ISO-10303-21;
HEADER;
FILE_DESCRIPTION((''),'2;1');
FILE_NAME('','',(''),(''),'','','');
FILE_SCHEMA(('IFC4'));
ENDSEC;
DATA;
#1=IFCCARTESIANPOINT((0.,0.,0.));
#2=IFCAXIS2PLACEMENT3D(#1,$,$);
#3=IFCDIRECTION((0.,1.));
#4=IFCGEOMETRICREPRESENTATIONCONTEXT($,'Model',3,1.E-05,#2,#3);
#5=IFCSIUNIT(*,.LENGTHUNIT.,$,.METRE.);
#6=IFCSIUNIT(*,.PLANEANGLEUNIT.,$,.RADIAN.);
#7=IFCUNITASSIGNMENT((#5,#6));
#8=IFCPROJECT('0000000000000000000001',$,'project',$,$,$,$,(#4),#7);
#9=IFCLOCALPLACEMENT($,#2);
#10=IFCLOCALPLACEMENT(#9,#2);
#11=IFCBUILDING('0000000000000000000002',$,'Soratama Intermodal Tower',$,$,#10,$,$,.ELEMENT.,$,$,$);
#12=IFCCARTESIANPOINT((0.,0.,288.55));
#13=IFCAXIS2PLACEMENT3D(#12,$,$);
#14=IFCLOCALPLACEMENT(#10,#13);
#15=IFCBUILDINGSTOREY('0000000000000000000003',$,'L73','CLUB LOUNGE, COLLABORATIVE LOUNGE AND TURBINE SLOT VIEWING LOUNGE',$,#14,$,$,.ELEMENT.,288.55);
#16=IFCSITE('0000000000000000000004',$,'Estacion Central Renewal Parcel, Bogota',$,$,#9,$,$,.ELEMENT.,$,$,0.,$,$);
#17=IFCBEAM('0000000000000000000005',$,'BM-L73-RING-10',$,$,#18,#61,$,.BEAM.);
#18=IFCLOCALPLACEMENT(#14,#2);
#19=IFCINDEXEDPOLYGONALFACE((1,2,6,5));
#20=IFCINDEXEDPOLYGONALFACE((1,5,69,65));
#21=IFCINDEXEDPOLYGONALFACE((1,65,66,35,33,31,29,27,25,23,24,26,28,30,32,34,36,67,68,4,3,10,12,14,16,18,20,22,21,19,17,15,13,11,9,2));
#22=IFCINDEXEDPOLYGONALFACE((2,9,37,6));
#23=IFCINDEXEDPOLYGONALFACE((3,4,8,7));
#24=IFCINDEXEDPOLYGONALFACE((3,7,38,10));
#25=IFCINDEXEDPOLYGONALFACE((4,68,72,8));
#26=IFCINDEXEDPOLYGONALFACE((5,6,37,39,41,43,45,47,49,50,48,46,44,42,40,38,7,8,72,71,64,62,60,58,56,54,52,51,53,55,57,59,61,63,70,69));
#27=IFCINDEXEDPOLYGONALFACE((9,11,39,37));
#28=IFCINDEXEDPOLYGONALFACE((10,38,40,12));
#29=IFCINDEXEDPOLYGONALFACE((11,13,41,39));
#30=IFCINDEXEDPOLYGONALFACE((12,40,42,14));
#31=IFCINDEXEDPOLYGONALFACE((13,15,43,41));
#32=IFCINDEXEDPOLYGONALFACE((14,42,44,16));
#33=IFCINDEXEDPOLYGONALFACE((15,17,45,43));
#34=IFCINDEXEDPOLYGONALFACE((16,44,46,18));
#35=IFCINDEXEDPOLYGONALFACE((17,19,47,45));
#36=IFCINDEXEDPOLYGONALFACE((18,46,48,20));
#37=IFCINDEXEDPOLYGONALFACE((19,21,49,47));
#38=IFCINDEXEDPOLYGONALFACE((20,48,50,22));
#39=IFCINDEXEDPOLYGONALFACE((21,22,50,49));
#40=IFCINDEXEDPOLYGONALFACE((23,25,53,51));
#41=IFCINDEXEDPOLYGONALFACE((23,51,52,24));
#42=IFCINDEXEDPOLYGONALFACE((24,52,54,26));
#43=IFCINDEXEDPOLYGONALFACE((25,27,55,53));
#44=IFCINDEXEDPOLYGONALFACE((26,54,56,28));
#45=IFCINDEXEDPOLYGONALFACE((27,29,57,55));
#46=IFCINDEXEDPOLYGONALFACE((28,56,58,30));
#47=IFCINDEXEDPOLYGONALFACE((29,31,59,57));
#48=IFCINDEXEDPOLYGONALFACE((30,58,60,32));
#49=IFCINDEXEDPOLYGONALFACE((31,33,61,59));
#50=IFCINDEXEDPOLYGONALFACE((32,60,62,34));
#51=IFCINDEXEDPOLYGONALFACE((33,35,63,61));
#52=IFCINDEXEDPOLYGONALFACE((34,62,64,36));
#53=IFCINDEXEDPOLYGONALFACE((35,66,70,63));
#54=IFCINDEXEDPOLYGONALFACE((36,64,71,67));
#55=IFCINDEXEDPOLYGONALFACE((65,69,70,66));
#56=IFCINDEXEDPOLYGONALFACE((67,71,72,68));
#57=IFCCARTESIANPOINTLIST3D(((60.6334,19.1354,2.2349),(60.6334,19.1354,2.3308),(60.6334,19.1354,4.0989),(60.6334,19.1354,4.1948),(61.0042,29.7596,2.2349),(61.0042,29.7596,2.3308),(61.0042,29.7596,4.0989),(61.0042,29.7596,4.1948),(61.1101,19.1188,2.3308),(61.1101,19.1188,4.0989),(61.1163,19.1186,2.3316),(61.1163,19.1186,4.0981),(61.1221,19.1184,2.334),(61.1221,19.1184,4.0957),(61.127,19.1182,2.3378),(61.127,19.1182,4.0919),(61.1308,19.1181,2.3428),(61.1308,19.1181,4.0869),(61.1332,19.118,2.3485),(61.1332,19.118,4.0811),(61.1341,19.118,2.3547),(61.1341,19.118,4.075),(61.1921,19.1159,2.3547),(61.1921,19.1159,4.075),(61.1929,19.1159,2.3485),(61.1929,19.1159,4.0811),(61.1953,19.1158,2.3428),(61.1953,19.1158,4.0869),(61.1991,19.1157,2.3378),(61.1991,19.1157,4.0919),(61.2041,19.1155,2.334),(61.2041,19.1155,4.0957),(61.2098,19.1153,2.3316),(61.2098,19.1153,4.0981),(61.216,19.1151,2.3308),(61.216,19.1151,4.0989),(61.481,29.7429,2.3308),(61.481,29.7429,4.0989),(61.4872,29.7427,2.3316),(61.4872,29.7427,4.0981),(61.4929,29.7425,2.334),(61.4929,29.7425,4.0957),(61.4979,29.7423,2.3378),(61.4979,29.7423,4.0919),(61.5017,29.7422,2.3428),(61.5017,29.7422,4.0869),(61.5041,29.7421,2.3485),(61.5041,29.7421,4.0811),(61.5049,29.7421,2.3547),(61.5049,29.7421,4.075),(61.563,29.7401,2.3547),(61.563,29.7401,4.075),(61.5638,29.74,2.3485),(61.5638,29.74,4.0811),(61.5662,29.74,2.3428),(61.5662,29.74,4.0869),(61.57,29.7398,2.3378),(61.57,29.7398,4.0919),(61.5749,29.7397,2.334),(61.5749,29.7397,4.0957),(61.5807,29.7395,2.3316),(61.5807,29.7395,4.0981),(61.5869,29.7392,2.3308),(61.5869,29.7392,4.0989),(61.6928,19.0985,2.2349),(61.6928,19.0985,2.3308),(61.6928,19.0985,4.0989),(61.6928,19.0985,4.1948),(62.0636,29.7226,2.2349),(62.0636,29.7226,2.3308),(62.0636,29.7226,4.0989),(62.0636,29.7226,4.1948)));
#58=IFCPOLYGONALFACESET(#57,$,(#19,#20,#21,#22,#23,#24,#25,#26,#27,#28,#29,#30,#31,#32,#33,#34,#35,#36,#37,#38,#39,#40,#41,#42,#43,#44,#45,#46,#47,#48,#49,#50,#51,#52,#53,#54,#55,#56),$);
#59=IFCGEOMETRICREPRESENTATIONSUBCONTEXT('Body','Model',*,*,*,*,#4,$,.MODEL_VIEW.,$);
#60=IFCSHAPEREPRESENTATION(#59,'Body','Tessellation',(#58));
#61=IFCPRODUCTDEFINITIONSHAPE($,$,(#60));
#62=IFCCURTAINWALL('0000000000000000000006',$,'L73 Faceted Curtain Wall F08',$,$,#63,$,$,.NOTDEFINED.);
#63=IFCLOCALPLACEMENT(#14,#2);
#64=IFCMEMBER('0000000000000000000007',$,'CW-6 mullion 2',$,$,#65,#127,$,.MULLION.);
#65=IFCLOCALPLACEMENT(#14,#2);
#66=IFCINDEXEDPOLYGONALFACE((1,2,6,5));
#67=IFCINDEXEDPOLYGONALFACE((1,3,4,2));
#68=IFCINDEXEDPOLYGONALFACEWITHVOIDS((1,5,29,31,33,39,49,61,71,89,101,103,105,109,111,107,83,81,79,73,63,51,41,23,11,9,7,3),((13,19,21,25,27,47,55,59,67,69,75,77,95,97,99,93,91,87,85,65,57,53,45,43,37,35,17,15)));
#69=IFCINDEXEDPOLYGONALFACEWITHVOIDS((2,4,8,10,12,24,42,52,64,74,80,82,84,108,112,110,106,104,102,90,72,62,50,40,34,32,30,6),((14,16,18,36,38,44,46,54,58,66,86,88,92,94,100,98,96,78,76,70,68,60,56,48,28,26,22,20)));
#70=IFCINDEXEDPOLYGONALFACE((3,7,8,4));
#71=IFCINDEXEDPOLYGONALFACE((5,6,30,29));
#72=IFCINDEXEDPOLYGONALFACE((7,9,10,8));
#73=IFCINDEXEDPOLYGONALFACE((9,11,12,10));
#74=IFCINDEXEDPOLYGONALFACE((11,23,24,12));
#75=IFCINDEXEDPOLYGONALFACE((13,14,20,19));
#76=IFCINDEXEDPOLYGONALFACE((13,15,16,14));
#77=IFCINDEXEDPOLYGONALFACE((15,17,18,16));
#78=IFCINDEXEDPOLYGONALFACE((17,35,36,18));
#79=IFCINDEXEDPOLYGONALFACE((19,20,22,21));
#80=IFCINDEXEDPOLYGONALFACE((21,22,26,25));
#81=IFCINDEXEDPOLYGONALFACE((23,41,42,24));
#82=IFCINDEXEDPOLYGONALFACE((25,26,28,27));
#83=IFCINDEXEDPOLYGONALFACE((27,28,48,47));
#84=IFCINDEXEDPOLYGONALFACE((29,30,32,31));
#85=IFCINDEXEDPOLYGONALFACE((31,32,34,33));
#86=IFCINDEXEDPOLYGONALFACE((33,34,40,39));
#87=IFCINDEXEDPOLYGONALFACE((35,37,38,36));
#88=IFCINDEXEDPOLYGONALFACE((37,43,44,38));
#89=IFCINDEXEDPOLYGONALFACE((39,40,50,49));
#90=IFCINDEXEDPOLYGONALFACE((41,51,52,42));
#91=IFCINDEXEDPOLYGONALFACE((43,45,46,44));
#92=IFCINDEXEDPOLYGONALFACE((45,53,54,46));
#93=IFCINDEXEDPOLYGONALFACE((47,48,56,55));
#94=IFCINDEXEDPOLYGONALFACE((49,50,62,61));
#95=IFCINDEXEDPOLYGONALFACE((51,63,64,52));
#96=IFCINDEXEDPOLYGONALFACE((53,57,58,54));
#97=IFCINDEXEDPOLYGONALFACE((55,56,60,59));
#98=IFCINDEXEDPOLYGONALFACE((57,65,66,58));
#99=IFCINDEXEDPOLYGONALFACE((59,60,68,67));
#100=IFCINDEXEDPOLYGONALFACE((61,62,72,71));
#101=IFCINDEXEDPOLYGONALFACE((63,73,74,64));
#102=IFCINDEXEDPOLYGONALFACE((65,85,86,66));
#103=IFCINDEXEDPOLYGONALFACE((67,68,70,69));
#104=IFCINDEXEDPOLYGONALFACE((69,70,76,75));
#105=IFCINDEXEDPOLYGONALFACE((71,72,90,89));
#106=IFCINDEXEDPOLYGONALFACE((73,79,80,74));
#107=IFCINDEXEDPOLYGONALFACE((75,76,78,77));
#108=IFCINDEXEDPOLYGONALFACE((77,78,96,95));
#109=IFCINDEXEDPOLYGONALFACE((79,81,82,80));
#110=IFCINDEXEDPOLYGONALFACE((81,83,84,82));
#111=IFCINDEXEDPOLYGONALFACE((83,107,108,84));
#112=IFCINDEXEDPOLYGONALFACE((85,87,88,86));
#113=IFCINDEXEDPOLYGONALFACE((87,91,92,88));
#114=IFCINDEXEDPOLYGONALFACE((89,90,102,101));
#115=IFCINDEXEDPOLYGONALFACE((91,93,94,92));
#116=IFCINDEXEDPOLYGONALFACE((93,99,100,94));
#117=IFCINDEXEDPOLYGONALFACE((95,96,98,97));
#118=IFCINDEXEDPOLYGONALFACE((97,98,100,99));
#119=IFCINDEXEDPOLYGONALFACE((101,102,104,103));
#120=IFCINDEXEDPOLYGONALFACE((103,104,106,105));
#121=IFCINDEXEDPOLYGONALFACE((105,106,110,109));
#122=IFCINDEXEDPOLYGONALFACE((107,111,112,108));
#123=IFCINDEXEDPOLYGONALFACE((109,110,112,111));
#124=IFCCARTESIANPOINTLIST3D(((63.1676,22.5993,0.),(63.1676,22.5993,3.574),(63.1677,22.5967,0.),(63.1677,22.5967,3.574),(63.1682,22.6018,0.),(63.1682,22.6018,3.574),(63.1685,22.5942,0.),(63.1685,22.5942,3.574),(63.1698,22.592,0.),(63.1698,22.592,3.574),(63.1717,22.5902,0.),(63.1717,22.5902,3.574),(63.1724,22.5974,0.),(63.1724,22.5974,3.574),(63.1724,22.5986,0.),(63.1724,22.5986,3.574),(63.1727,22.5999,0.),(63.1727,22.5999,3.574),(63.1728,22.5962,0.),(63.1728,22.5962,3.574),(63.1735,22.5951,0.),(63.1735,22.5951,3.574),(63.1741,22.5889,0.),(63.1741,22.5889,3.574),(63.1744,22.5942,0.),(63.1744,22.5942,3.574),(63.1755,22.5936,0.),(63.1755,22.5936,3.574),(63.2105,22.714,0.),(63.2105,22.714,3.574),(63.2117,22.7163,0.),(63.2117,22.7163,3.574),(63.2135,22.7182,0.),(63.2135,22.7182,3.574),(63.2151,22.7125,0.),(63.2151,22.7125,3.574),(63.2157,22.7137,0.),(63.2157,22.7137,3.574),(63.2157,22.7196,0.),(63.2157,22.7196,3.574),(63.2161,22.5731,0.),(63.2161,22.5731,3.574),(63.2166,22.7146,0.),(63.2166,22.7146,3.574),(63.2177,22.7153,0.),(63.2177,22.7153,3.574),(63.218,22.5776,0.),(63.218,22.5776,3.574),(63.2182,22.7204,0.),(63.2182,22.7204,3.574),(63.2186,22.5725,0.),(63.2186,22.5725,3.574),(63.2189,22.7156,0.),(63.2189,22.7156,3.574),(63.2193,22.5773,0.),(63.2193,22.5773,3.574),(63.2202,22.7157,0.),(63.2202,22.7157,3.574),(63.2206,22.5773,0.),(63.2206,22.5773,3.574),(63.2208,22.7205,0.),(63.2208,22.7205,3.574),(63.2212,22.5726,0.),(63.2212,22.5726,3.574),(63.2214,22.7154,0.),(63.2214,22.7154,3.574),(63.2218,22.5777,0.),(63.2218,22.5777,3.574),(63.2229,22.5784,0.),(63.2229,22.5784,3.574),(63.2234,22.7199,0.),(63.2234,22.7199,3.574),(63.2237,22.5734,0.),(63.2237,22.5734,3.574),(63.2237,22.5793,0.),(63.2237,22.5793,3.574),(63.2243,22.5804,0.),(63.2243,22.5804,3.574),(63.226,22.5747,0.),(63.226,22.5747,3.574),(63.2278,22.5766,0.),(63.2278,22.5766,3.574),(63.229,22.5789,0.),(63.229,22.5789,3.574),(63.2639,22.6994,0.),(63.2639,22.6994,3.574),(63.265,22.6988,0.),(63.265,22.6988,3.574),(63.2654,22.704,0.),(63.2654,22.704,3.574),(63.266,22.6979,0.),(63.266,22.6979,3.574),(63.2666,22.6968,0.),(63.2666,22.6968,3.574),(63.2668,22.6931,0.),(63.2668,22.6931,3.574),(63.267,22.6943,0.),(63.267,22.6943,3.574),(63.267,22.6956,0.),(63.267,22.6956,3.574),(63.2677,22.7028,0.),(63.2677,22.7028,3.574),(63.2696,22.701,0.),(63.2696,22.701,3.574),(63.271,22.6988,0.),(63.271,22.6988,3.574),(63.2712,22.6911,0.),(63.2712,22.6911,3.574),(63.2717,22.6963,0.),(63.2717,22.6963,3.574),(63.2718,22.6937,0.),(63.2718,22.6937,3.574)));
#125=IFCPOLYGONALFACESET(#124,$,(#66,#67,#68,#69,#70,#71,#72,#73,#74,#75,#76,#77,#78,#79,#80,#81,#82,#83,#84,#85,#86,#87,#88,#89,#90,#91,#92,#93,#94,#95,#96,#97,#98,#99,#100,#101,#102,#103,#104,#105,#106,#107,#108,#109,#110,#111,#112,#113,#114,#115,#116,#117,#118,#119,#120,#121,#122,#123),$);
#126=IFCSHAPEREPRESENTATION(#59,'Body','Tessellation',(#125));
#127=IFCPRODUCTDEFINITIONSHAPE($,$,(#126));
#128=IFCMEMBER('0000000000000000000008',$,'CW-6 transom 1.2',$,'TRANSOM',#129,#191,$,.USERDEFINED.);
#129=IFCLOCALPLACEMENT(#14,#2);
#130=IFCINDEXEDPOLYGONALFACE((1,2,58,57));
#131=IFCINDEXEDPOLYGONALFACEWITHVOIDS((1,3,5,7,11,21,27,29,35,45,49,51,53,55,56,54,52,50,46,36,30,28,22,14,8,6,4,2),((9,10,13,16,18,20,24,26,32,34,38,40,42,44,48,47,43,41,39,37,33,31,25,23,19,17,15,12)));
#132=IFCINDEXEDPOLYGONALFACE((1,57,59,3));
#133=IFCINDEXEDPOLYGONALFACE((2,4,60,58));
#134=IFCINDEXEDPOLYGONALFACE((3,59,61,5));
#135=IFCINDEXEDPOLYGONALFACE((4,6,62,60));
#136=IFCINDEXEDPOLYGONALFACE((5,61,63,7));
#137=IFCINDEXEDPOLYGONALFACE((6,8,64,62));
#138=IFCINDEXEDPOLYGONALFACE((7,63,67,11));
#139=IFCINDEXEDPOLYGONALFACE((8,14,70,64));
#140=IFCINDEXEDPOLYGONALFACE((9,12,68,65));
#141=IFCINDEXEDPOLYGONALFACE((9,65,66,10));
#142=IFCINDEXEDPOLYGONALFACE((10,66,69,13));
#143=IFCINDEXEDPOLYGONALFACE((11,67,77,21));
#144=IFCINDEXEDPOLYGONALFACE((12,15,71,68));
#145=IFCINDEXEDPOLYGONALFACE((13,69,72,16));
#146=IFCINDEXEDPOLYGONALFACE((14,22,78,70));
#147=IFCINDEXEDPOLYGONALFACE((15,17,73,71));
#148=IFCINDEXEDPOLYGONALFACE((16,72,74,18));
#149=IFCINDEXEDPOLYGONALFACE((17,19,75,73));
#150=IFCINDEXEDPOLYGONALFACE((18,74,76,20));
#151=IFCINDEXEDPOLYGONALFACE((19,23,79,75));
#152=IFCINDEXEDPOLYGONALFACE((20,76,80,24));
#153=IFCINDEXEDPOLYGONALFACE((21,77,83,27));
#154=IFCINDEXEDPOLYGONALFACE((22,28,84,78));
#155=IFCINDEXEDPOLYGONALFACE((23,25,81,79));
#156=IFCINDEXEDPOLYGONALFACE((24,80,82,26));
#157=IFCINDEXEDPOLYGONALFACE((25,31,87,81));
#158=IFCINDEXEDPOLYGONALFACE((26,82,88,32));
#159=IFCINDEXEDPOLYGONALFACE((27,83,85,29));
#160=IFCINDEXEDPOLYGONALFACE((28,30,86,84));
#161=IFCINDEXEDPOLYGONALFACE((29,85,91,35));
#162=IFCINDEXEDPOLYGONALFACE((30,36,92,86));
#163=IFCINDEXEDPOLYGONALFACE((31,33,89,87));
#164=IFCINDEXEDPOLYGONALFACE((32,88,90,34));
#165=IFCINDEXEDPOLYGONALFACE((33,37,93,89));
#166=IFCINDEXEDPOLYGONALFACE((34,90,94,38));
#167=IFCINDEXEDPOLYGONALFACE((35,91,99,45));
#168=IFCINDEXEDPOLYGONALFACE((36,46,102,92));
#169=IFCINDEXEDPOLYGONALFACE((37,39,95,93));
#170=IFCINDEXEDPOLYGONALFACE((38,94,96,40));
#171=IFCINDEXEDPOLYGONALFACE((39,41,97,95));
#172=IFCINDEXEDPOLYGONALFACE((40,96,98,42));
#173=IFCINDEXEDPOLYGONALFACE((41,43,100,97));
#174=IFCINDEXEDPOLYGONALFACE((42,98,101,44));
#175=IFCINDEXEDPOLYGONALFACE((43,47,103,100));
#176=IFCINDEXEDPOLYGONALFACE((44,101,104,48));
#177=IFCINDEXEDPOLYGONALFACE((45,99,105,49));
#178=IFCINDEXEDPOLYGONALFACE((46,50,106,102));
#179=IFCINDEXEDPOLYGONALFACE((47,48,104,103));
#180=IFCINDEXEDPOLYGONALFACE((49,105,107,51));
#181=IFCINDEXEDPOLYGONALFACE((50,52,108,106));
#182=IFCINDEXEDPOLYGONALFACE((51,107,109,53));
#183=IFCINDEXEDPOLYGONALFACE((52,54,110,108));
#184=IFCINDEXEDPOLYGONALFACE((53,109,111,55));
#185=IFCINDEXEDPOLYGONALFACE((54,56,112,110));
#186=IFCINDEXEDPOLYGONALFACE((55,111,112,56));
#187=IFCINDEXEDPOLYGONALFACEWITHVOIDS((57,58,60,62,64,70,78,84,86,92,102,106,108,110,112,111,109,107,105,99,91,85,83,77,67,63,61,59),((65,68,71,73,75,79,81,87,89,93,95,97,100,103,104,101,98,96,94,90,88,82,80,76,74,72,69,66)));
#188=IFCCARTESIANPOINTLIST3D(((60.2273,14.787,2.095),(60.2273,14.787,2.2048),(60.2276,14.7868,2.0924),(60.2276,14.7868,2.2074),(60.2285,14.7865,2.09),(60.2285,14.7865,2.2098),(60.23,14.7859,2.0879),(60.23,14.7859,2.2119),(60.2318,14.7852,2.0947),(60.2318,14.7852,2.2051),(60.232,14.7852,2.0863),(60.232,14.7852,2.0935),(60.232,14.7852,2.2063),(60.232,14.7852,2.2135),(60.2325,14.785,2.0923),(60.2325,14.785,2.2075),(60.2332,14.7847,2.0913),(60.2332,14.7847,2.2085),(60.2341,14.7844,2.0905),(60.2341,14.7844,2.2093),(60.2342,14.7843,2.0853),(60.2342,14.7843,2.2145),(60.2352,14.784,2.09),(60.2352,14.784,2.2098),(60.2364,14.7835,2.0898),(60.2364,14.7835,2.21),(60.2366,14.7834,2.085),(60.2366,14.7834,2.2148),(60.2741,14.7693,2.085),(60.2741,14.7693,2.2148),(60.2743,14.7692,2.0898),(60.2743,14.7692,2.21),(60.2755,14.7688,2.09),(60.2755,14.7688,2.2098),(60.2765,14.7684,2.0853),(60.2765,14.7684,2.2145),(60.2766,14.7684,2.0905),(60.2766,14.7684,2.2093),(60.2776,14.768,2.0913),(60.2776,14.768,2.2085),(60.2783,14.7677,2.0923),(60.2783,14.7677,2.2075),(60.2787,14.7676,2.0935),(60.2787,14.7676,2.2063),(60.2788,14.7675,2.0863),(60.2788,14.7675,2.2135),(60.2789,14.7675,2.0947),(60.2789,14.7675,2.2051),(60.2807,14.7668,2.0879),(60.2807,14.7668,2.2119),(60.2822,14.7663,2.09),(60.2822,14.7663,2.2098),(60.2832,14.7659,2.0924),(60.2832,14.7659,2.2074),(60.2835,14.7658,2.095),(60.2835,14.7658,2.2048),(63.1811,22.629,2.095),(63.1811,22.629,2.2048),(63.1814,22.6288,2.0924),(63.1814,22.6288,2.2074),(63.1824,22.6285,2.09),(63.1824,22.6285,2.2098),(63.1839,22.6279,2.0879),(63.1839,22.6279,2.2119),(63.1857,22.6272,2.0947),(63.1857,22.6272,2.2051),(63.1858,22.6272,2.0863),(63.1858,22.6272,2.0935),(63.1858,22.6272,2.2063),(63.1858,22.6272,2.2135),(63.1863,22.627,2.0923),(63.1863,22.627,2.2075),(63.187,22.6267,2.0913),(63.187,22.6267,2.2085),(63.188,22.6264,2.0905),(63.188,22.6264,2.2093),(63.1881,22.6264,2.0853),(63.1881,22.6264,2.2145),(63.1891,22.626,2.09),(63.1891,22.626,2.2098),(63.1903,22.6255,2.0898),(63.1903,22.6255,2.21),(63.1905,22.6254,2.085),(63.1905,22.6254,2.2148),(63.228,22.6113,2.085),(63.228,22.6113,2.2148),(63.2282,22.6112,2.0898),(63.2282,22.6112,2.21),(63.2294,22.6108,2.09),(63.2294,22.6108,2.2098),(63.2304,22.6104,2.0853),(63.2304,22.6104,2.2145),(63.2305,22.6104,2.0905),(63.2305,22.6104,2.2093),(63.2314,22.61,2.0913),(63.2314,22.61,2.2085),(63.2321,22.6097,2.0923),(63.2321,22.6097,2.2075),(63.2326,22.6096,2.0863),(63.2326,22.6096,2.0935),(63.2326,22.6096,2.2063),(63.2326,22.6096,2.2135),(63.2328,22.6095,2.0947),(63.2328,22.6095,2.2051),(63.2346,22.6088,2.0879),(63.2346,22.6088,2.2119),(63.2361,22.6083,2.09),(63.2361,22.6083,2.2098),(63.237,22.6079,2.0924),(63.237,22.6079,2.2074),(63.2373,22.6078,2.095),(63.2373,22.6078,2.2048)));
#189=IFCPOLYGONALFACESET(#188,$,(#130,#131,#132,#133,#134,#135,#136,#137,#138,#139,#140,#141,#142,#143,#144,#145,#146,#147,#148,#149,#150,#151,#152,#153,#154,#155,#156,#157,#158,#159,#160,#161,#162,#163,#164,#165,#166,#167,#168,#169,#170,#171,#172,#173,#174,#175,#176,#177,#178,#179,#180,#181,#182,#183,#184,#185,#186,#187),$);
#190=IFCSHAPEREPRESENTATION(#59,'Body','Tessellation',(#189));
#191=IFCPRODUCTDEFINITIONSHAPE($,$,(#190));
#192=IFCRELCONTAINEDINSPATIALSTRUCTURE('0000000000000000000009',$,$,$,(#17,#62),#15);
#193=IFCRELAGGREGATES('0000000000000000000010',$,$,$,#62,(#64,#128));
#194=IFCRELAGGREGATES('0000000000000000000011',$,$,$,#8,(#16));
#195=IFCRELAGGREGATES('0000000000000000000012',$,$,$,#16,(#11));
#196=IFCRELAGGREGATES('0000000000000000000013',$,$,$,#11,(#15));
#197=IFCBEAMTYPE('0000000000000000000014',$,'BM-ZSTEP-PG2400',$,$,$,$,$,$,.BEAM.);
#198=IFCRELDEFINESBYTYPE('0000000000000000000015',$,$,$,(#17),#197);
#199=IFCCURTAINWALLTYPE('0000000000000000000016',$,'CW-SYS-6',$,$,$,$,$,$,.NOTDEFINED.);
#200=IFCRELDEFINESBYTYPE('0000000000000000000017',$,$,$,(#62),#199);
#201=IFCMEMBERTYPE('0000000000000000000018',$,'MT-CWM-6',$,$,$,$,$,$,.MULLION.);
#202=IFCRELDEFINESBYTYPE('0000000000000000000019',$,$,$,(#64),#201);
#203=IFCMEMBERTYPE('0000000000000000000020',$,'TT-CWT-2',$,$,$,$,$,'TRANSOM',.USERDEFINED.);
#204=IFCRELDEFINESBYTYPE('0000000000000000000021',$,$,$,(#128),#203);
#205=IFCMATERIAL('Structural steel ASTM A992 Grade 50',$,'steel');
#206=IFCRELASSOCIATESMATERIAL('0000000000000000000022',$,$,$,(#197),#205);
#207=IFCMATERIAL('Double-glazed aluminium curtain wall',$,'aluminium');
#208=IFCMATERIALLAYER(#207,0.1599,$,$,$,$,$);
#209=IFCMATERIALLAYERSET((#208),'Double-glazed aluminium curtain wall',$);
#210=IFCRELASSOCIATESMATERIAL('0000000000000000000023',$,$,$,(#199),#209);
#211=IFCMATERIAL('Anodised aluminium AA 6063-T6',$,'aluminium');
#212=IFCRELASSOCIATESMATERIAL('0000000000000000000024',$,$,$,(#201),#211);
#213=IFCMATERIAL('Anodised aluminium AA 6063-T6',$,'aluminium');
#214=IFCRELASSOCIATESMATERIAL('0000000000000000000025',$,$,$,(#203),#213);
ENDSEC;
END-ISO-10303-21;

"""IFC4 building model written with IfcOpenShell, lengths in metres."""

from ifc_helpers import new_model, si_unit, direction, frame, origin, origin_2d, place, context, subcontext, project, spatial, hollow_rectangle, i_section, extrude, material, layer, layer_set, material_profile, profile_set, type_object, element, aggregate, save


model = new_model("IFC4")

# Units and contexts
model_context = context("Model", 3, precision=1e-05, world=origin(), true_north=direction((0.0, 1.0)))
body_context = subcontext(model_context, "Body", "Model", "MODEL_VIEW")
ifc_project = project(units=[si_unit("LENGTHUNIT", "METRE"), si_unit("PLANEANGLEUNIT", "RADIAN")], contexts=[model_context])

# Site, building, storey
site_placement = place(None, origin())
site = spatial("IfcSite", under=ifc_project, at=site_placement, Name="Estacion Central Renewal Parcel, Bogota", CompositionType="ELEMENT", RefElevation=0.0)
building_placement = place(site_placement, origin())
building = spatial("IfcBuilding", under=site, at=building_placement, Name="Soratama Intermodal Tower", CompositionType="ELEMENT")
storey_placement = place(building_placement, frame((0.0, 0.0, 288.55)))
storey = spatial("IfcBuildingStorey", under=building, at=storey_placement, Name="L73", Description="CLUB LOUNGE, COLLABORATIVE LOUNGE AND TURBINE SLOT VIEWING LOUNGE", CompositionType="ELEMENT", Elevation=288.55)

# Beam
ifc_material_1 = material(Name="Structural steel ASTM A992 Grade 50", Category="steel")
ifc_material_profile_1 = material_profile(ifc_material_1, i_section(OverallWidth=1.0601, OverallDepth=1.96, WebThickness=0.0581, FlangeThickness=0.0959, FilletRadius=0.0239, at=origin_2d()), Name="PG2400X900")
ifc_profile_set_1 = profile_set([ifc_material_profile_1], Name="Structural steel ASTM A992 Grade 50")
beam_type_1 = type_object("IfcBeamType", Name="BM-ZSTEP-PG2400", PredefinedType="BEAM", material=ifc_profile_set_1)
beam_1_placement = place(storey_placement, frame((61.1631, 19.1169, 3.2148), z_axis=(0.034885, 0.999391, 0.0), x_axis=(-0.999391, 0.034885, 0.0)))
element("IfcBeam", 1, at=beam_1_placement, inside=storey, type_object=beam_type_1, Name="BM-L73-RING-10", PredefinedType="BEAM", context=body_context, shape_type="SweptSolid", body=[
    extrude(i_section(OverallWidth=1.0601, OverallDepth=1.96, WebThickness=0.0581, FlangeThickness=0.0959, FilletRadius=0.0239, at=origin_2d()), origin(), (0.0, 0.0, 1.0), 10.6306),
])

# Curtain wall, members
ifc_material_2 = material(Name="Double-glazed aluminium curtain wall", Category="aluminium")
ifc_layer_1 = layer(ifc_material_2, 0.1599)
ifc_layer_set_1 = layer_set([ifc_layer_1], Name="Double-glazed aluminium curtain wall")
curtain_wall_type = type_object("IfcCurtainWallType", Name="CW-SYS-6", PredefinedType="NOTDEFINED", material=ifc_layer_set_1)
curtain_wall_placement = place(storey_placement, origin())
curtain_wall = element("IfcCurtainWall", 2, at=curtain_wall_placement, inside=storey, type_object=curtain_wall_type, Name="L73 Faceted Curtain Wall F08", PredefinedType="NOTDEFINED")
ifc_material_3 = material(Name="Anodised aluminium AA 6063-T6", Category="aluminium")
ifc_material_profile_2 = material_profile(ifc_material_3, hollow_rectangle(XDim=0.0649, YDim=0.1399, WallThickness=0.0049, InnerFilletRadius=0.0049, OuterFilletRadius=0.01, at=origin_2d()), Name="CWM140X65X5")
ifc_profile_set_2 = profile_set([ifc_material_profile_2], Name="Anodised aluminium AA 6063-T6")
member_type_1 = type_object("IfcMemberType", Name="MT-CWM-6", PredefinedType="MULLION", material=ifc_profile_set_2)
member_1_placement = place(storey_placement, frame((63.2197, 22.6465, 0.0), z_axis=(0.0, 0.0, 1.0), x_axis=(-0.935812, 0.352499, 0.0)))
member_1 = element("IfcMember", 3, at=member_1_placement, type_object=member_type_1, Name="CW-6 mullion 2", PredefinedType="MULLION", context=body_context, shape_type="SweptSolid", body=[
    extrude(hollow_rectangle(XDim=0.0649, YDim=0.1399, WallThickness=0.0049, InnerFilletRadius=0.0049, OuterFilletRadius=0.01, at=origin_2d()), origin(), (0.0, 0.0, 1.0), 3.574),
])
ifc_material_4 = material(Name="Anodised aluminium AA 6063-T6", Category="aluminium")
ifc_material_profile_3 = material_profile(ifc_material_4, hollow_rectangle(XDim=0.0601, YDim=0.1299, WallThickness=0.0049, InnerFilletRadius=0.0049, OuterFilletRadius=0.01, at=origin_2d()), Name="CWT130X60X5")
ifc_profile_set_3 = profile_set([ifc_material_profile_3], Name="Anodised aluminium AA 6063-T6")
member_type_2 = type_object("IfcMemberType", Name="TT-CWT-2", ElementType="TRANSOM", PredefinedType="USERDEFINED", material=ifc_profile_set_3)
member_2_placement = place(storey_placement, frame((60.2554, 14.7764, 2.1499), z_axis=(0.352493, 0.935815, 0.0), x_axis=(-0.935815, 0.352493, 0.0)))
member_2 = element("IfcMember", 4, at=member_2_placement, type_object=member_type_2, Name="CW-6 transom 1.2", ObjectType="TRANSOM", PredefinedType="USERDEFINED", context=body_context, shape_type="SweptSolid", body=[
    extrude(hollow_rectangle(XDim=0.0601, YDim=0.1299, WallThickness=0.0049, InnerFilletRadius=0.0049, OuterFilletRadius=0.01, at=origin_2d()), origin(), (0.0, 0.0, 1.0), 8.3799),
])

aggregate(curtain_wall, [member_1, member_2])

save(model, "model.ifc")
